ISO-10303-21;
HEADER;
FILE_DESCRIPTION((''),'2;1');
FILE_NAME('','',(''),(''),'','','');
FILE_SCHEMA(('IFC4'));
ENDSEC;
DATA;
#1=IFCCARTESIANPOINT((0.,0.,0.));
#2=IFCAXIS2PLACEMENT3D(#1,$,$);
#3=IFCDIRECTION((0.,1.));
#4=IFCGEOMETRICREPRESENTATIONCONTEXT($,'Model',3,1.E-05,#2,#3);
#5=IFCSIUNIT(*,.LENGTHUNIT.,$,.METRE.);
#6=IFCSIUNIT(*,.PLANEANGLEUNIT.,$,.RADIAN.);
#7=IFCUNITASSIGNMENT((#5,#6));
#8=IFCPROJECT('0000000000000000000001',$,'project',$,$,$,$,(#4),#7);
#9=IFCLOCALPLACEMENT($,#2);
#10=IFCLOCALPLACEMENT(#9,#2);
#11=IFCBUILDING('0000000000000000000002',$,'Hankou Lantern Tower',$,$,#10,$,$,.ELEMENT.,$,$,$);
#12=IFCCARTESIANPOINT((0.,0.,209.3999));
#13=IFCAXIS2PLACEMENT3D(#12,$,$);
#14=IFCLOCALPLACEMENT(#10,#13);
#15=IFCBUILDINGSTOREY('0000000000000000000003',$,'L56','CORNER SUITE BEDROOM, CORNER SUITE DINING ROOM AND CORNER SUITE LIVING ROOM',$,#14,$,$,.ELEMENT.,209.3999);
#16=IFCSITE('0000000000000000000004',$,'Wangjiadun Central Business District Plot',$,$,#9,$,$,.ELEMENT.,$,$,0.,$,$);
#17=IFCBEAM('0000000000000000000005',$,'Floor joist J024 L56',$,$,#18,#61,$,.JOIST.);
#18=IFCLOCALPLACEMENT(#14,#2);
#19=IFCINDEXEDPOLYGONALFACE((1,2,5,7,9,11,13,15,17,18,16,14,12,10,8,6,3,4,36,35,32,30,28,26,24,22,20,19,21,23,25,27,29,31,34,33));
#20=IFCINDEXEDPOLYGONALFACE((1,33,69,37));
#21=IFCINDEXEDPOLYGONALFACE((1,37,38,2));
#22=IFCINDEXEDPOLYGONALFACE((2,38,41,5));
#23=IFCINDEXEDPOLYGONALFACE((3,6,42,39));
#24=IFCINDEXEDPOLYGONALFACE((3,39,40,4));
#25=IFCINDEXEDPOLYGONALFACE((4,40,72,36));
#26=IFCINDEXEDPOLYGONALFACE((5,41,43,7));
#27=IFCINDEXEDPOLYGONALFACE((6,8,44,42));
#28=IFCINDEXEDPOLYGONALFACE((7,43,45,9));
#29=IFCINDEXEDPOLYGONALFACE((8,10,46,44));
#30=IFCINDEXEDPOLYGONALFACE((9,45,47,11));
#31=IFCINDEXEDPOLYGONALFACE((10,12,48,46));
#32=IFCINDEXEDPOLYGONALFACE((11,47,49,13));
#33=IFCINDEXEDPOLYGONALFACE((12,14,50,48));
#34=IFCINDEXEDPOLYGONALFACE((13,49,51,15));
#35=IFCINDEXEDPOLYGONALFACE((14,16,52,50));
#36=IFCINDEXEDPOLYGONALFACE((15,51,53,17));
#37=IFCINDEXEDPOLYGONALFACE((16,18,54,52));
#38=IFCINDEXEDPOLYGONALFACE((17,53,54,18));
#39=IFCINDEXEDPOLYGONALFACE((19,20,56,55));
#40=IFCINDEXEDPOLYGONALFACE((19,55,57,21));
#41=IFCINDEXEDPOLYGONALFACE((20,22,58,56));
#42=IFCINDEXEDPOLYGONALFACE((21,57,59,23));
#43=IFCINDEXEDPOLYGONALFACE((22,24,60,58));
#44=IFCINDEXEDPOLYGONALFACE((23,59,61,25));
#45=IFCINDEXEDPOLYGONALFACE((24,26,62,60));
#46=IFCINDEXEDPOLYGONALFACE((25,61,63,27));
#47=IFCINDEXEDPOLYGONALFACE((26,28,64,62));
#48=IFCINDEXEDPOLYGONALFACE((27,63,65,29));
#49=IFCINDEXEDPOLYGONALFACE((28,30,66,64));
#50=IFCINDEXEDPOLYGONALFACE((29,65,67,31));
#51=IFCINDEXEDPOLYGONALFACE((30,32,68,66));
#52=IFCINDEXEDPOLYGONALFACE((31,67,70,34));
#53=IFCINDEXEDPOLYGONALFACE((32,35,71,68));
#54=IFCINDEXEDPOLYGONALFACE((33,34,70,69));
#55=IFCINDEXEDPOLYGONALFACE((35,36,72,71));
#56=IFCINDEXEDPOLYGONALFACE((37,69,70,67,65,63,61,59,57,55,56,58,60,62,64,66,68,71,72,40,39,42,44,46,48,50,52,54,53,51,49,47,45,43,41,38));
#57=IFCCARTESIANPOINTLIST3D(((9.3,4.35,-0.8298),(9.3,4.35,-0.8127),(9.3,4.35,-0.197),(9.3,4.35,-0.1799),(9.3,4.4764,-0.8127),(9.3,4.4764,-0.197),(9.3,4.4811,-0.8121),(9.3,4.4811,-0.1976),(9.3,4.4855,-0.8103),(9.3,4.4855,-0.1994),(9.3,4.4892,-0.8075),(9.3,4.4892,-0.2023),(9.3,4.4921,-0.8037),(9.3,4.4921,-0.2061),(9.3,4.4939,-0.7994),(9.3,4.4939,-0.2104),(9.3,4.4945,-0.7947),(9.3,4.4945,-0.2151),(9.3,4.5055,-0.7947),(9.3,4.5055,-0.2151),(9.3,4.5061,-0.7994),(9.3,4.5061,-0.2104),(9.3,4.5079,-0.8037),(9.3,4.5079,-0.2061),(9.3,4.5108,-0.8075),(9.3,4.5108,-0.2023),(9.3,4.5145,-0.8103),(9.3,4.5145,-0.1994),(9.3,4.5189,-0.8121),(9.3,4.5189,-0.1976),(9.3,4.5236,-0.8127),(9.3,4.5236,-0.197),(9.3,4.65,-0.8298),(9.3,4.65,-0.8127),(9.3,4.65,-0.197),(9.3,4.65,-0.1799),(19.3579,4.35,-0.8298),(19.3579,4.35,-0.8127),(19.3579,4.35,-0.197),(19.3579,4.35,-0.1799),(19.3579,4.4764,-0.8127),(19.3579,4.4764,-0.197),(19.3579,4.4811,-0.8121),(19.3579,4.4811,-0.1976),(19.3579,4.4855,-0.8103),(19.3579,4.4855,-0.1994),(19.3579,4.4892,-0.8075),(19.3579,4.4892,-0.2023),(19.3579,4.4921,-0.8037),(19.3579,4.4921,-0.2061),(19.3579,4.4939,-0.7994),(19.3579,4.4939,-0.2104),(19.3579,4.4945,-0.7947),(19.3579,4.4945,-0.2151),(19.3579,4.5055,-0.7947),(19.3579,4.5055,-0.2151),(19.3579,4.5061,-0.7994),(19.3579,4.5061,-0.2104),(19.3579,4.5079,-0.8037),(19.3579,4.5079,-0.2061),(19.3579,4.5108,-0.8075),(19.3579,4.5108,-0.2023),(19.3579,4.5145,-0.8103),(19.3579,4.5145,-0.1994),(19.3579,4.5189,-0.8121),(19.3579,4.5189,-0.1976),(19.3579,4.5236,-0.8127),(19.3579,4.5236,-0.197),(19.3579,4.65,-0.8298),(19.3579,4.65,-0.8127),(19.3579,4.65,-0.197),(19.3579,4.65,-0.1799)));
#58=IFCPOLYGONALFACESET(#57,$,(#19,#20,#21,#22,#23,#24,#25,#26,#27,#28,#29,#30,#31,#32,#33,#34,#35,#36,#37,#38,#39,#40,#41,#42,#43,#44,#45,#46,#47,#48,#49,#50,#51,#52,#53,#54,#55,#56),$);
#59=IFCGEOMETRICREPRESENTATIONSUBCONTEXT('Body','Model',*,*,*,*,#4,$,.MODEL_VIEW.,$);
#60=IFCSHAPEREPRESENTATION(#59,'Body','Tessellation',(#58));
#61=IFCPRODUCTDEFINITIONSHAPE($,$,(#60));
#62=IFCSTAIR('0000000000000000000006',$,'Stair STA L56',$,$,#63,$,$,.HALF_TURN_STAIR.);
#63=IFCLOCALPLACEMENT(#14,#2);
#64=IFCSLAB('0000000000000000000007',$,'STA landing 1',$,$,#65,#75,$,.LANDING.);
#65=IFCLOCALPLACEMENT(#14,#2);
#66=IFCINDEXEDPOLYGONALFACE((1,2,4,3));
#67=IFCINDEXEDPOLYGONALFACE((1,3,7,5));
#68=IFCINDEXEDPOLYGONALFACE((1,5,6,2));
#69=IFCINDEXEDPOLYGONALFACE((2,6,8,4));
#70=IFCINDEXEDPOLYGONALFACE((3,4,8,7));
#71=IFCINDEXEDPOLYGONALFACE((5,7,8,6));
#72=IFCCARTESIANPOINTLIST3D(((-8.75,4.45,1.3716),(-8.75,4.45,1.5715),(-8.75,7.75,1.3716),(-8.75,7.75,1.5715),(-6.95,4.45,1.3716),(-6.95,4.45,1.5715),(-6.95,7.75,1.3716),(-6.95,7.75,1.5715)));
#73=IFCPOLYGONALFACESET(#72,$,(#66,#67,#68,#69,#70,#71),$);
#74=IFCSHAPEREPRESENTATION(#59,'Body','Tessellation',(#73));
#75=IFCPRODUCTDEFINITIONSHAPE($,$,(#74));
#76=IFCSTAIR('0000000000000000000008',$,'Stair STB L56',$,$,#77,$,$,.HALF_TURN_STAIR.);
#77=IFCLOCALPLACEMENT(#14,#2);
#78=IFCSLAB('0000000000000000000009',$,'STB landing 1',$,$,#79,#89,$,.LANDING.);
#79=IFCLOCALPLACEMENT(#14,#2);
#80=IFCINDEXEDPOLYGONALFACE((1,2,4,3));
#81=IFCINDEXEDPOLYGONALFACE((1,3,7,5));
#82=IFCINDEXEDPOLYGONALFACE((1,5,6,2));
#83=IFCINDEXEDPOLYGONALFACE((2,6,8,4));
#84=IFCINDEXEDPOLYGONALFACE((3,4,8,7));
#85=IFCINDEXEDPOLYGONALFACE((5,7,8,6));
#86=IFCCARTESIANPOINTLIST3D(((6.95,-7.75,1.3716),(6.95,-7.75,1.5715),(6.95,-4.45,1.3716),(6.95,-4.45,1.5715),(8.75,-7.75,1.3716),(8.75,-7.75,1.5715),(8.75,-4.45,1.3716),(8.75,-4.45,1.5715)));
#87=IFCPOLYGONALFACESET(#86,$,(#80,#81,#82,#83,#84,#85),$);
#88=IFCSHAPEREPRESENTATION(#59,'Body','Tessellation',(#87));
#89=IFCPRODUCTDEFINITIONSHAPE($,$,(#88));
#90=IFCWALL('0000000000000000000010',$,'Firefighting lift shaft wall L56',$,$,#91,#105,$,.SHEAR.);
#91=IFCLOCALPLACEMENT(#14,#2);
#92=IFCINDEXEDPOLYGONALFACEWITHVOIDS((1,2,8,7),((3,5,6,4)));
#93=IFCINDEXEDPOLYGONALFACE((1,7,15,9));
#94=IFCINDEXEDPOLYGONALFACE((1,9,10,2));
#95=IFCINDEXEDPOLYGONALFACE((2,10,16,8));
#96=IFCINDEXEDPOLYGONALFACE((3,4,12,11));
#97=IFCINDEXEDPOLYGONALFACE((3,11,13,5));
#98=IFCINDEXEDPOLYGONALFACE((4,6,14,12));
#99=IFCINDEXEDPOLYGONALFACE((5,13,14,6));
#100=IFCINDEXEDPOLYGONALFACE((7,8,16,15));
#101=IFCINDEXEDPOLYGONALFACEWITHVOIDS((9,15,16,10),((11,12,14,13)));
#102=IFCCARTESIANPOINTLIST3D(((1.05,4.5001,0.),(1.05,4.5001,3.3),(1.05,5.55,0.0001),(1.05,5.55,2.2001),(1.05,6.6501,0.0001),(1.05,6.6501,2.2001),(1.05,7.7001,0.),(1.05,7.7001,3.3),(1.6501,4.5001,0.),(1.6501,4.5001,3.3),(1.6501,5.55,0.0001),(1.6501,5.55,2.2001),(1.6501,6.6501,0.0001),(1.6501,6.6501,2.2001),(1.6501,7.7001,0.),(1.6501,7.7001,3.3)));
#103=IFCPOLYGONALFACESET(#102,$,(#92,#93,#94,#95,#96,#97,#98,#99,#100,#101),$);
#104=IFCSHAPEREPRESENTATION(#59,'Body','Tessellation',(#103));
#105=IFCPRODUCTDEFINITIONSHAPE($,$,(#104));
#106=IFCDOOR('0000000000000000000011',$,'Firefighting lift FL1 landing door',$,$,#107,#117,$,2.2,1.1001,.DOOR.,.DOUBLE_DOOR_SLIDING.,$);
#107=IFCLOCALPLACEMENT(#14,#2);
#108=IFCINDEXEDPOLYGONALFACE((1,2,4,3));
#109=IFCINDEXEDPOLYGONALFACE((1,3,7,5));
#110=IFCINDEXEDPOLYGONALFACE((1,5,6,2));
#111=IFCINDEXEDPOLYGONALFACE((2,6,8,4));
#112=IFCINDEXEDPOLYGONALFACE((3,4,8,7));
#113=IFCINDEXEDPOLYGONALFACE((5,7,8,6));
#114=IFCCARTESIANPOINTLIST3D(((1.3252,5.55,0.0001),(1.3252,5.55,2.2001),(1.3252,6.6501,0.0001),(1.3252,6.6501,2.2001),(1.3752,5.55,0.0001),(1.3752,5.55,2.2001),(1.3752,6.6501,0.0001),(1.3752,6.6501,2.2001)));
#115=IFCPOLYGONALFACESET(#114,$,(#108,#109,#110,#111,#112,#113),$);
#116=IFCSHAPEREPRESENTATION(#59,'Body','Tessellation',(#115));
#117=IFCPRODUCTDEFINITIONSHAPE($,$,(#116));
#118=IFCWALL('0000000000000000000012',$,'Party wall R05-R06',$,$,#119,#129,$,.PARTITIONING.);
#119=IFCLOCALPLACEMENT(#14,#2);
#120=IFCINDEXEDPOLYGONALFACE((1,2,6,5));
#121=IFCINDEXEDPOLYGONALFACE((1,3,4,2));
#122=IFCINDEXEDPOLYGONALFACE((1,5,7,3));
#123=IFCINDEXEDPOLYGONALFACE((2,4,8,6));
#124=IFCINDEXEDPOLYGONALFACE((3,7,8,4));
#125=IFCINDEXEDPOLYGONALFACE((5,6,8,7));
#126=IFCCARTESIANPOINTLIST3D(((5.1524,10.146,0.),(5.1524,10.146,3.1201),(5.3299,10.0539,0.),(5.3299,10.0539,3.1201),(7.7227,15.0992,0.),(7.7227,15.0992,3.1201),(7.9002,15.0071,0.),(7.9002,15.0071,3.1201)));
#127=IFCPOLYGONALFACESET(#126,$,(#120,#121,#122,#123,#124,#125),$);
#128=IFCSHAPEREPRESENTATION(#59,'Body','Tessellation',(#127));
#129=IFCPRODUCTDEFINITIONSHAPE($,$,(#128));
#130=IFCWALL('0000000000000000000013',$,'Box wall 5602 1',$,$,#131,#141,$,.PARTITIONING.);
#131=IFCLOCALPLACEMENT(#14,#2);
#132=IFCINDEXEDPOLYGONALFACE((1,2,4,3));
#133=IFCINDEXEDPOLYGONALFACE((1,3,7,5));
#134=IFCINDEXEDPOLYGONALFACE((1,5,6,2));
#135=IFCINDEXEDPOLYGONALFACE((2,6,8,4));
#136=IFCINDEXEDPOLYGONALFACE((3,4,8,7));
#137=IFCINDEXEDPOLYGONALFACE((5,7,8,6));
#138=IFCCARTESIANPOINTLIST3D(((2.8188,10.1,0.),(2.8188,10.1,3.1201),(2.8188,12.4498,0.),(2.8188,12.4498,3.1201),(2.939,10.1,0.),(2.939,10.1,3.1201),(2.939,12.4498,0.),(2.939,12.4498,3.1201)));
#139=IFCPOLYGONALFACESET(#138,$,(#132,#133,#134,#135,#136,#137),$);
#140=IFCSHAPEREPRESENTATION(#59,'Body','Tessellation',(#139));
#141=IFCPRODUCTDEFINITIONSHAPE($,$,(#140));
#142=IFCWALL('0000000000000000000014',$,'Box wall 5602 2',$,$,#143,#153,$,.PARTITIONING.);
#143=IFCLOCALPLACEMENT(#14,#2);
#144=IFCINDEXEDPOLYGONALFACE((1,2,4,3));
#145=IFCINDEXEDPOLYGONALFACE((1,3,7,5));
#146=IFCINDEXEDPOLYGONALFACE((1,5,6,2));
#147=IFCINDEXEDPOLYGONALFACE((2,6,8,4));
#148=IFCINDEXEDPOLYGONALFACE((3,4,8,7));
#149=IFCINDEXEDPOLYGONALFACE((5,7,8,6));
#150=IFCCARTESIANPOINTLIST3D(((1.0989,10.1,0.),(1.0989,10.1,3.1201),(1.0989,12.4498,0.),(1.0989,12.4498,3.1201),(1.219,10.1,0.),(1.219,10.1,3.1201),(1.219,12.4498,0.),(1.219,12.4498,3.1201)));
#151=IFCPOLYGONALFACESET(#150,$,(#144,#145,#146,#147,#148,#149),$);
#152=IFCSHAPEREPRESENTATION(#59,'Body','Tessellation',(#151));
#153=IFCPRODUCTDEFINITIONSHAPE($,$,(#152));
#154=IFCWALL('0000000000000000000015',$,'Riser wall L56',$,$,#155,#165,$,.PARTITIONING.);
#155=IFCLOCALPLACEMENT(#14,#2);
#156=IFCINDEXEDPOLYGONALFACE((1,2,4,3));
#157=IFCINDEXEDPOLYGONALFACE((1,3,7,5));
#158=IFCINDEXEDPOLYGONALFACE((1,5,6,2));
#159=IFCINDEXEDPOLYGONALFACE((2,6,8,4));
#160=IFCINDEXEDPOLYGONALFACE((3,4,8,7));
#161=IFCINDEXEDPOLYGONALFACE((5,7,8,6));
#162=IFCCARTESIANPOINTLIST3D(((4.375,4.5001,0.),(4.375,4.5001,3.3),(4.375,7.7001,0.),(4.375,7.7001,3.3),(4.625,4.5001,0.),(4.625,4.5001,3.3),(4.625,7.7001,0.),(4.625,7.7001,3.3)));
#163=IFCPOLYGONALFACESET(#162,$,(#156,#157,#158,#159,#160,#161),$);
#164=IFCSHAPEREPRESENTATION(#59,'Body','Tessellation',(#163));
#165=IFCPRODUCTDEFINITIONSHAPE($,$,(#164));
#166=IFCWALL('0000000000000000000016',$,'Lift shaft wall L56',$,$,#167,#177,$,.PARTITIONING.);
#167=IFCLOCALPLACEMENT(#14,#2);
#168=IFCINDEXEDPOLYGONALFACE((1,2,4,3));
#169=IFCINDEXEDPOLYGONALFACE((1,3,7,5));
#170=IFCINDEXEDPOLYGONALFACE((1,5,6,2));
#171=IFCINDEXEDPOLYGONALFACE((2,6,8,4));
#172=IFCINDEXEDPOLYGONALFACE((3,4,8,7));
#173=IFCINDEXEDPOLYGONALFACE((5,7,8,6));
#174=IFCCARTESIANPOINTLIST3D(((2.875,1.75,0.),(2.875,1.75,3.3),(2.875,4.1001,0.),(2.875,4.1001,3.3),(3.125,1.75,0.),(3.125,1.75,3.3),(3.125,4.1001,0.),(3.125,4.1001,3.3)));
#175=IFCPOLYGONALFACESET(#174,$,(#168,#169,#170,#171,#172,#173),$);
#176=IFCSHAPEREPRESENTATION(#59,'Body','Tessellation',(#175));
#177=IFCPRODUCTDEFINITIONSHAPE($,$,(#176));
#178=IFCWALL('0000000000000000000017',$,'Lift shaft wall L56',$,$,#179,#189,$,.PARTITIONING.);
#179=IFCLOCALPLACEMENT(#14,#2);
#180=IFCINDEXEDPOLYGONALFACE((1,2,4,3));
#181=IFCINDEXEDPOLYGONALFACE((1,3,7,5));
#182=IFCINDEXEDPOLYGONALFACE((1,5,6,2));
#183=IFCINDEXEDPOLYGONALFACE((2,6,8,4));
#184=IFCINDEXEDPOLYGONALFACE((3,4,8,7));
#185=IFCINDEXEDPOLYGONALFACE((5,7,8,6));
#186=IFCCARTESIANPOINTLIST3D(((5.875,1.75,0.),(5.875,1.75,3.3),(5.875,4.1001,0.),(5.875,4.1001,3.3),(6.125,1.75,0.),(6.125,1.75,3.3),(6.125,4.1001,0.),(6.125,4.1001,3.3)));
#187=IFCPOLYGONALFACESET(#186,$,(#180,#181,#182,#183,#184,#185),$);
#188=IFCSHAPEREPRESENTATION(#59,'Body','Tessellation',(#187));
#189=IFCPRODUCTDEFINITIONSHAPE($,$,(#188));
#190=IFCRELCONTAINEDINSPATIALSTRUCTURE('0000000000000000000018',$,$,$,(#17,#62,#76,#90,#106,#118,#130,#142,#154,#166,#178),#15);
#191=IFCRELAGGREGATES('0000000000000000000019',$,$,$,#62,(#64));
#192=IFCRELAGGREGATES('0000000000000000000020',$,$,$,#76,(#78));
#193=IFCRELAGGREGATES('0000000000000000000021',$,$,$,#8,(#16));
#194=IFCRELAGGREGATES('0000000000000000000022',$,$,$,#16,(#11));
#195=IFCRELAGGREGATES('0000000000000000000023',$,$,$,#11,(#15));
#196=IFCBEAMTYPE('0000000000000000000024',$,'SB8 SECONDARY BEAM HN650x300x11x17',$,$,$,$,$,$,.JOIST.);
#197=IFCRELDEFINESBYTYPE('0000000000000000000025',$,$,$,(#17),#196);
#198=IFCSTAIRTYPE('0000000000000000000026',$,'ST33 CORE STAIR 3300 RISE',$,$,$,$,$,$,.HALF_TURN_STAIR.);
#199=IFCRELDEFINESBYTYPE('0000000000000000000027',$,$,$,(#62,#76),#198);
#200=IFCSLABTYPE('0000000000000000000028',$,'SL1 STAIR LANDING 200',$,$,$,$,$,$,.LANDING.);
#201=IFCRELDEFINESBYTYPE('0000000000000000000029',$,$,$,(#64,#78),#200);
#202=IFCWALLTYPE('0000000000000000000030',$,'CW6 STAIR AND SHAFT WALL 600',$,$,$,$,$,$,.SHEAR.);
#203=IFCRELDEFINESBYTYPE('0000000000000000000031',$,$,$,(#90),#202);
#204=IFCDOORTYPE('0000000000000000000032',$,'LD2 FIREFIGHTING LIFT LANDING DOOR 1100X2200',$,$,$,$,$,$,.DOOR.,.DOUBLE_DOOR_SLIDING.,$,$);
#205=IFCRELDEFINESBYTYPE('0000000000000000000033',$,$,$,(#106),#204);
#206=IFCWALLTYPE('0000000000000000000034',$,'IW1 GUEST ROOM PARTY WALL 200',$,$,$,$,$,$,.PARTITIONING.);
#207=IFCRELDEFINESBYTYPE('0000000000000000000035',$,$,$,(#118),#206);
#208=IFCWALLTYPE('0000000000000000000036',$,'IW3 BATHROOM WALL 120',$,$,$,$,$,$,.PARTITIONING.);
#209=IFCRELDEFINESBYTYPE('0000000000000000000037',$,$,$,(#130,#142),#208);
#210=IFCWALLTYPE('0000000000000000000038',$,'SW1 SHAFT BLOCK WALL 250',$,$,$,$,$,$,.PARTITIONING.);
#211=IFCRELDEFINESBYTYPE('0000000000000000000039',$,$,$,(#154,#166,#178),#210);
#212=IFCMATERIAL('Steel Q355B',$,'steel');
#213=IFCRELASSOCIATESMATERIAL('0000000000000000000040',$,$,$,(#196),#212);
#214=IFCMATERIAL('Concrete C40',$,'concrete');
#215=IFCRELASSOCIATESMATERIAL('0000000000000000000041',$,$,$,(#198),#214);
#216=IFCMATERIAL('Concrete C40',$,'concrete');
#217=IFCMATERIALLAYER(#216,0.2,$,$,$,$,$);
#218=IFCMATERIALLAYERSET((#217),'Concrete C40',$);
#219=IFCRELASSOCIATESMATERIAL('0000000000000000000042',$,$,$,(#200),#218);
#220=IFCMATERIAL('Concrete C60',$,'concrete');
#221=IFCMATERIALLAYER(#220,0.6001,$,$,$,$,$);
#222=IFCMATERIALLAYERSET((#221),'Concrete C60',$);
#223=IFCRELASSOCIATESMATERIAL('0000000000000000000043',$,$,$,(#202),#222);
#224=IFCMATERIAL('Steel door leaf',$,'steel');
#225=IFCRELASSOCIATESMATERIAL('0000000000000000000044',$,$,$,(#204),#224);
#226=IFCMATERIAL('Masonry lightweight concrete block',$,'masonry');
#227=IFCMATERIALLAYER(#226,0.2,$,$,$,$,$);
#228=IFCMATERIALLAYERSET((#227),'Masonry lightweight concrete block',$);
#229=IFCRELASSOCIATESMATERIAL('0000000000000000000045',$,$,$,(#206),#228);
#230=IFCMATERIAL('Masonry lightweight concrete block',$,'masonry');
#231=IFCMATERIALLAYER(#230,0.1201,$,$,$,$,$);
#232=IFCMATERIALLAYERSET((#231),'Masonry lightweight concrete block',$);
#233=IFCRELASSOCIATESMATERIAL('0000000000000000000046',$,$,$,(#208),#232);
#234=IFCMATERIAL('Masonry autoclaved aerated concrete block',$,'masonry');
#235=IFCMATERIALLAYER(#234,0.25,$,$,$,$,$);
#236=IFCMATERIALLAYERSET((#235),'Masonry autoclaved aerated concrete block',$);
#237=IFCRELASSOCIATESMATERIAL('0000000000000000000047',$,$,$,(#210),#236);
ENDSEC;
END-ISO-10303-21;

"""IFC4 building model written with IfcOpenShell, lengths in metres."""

from ifc_helpers import new_model, si_unit, direction, frame, frame_2d, origin, origin_2d, place, context, subcontext, project, spatial, polyline, rectangle, i_section, outline, extrude, material, layer, layer_set, material_profile, profile_set, type_object, element, fill, aggregate, save


model = new_model("IFC4")

# Units and contexts
model_context = context("Model", 3, precision=1e-05, world=origin(), true_north=direction((0.0, 1.0)))
body_context = subcontext(model_context, "Body", "Model", "MODEL_VIEW")
ifc_project = project(units=[si_unit("LENGTHUNIT", "METRE"), si_unit("PLANEANGLEUNIT", "RADIAN")], contexts=[model_context])

# Site, building, storey
site_placement = place(None, origin())
site = spatial("IfcSite", under=ifc_project, at=site_placement, Name="Wangjiadun Central Business District Plot", CompositionType="ELEMENT", RefElevation=0.0)
building_placement = place(site_placement, origin())
building = spatial("IfcBuilding", under=site, at=building_placement, Name="Hankou Lantern Tower", CompositionType="ELEMENT")
storey_placement = place(building_placement, frame((0.0, 0.0, 209.3999)))
storey = spatial("IfcBuildingStorey", under=building, at=storey_placement, Name="L56", Description="CORNER SUITE BEDROOM, CORNER SUITE DINING ROOM AND CORNER SUITE LIVING ROOM", CompositionType="ELEMENT", Elevation=209.3999)

# Beam
ifc_material_1 = material(Name="Steel Q355B", Category="steel")
ifc_material_profile_1 = material_profile(ifc_material_1, i_section(OverallWidth=0.3, OverallDepth=0.6499, WebThickness=0.011, FlangeThickness=0.0171, FilletRadius=0.0181, at=origin_2d()), Name="HN650x300x11x17")
ifc_profile_set_1 = profile_set([ifc_material_profile_1], Name="Steel Q355B")
beam_type_1 = type_object("IfcBeamType", Name="SB8 SECONDARY BEAM HN650x300x11x17", PredefinedType="JOIST", material=ifc_profile_set_1)
beam_1_placement = place(storey_placement, frame((9.3, 4.5, -0.5049), z_axis=(1.0, 0.0, 0.0), x_axis=(0.0, 1.0, 0.0)))
element("IfcBeam", 1, at=beam_1_placement, inside=storey, type_object=beam_type_1, Name="Floor joist J024 L56", PredefinedType="JOIST", context=body_context, shape_type="SweptSolid", body=[
    extrude(i_section(OverallWidth=0.3, OverallDepth=0.6499, WebThickness=0.011, FlangeThickness=0.0171, FilletRadius=0.0181, at=origin_2d()), origin(), (0.0, 0.0, 1.0), 10.0579),
])

# Stairs, slabs
ifc_material_2 = material(Name="Concrete C40", Category="concrete")
stair_type = type_object("IfcStairType", Name="ST33 CORE STAIR 3300 RISE", PredefinedType="HALF_TURN_STAIR", material=ifc_material_2)
stair_1_placement = place(storey_placement, origin())
stair_1 = element("IfcStair", 2, at=stair_1_placement, inside=storey, type_object=stair_type, Name="Stair STA L56", PredefinedType="HALF_TURN_STAIR")
ifc_material_3 = material(Name="Concrete C40", Category="concrete")
ifc_layer_1 = layer(ifc_material_3, 0.2)
ifc_layer_set_1 = layer_set([ifc_layer_1], Name="Concrete C40")
slab_type = type_object("IfcSlabType", Name="SL1 STAIR LANDING 200", PredefinedType="LANDING", material=ifc_layer_set_1)
slab_1_placement = place(storey_placement, frame((0.0, 0.0, 1.3716)))
slab_1 = element("IfcSlab", 3, at=slab_1_placement, type_object=slab_type, Name="STA landing 1", PredefinedType="LANDING", context=body_context, shape_type="SweptSolid", body=[
    extrude(outline(polyline([(-8.75, 4.45), (-6.95, 4.45), (-6.95, 7.75), (-8.75, 7.75), (-8.75, 4.45)])), origin(), (0.0, 0.0, 1.0), 0.2),
])
aggregate(stair_1, [slab_1])
stair_2_placement = place(storey_placement, origin())
stair_2 = element("IfcStair", 4, at=stair_2_placement, inside=storey, type_object=stair_type, Name="Stair STB L56", PredefinedType="HALF_TURN_STAIR")
slab_2_placement = place(storey_placement, frame((0.0, 0.0, 1.3716)))
slab_2 = element("IfcSlab", 5, at=slab_2_placement, type_object=slab_type, Name="STB landing 1", PredefinedType="LANDING", context=body_context, shape_type="SweptSolid", body=[
    extrude(outline(polyline([(8.75, -4.45), (6.95, -4.45), (6.95, -7.75), (8.75, -7.75), (8.75, -4.45)])), origin(), (0.0, 0.0, 1.0), 0.2),
])
aggregate(stair_2, [slab_2])

# Wall, opening, door
ifc_material_4 = material(Name="Concrete C60", Category="concrete")
ifc_layer_2 = layer(ifc_material_4, 0.6001)
ifc_layer_set_2 = layer_set([ifc_layer_2], Name="Concrete C60")
wall_type_1 = type_object("IfcWallType", Name="CW6 STAIR AND SHAFT WALL 600", PredefinedType="SHEAR", material=ifc_layer_set_2)
wall_1_placement = place(storey_placement, frame((1.3501, 4.5, 0.0), z_axis=(0.0, 0.0, 1.0), x_axis=(0.0, 1.0, 0.0)))
wall_1 = element("IfcWall", 6, at=wall_1_placement, inside=storey, type_object=wall_type_1, Name="Firefighting lift shaft wall L56", PredefinedType="SHEAR", context=body_context, shape_type="SweptSolid", body=[
    extrude(rectangle(XDim=3.2, YDim=0.6001, at=frame_2d((1.6001, 0.0))), origin(), (0.0, 0.0, 1.0), 3.3),
])
opening_placement = place(wall_1_placement, frame((1.05, 0.0, 0.0)))
opening = element("IfcOpeningElement", 7, at=opening_placement, cuts=wall_1, PredefinedType="OPENING", context=body_context, shape_type="SweptSolid", body=[
    extrude(rectangle(XDim=1.1001, YDim=2.2, at=frame_2d((0.55, 1.1001))), frame((0.0, 0.3101, 0.0), z_axis=(0.0, -1.0, 0.0), x_axis=(1.0, 0.0, 0.0)), (0.0, 0.0, 1.0), 0.6201),
])
ifc_material_5 = material(Name="Steel door leaf", Category="steel")
door_type = type_object("IfcDoorType", Name="LD2 FIREFIGHTING LIFT LANDING DOOR 1100X2200", OperationType="DOUBLE_DOOR_SLIDING", PredefinedType="DOOR", material=ifc_material_5)
door_placement = place(opening_placement, origin())
door = element("IfcDoor", 8, at=door_placement, inside=storey, type_object=door_type, Name="Firefighting lift FL1 landing door", OperationType="DOUBLE_DOOR_SLIDING", OverallHeight=2.2, OverallWidth=1.1001, PredefinedType="DOOR", context=body_context, shape_type="SweptSolid", body=[
    extrude(rectangle(XDim=1.1001, YDim=2.2, at=frame_2d((0.55, 1.1001))), frame((0.0, 0.0249, 0.0), z_axis=(0.0, -1.0, 0.0), x_axis=(1.0, 0.0, 0.0)), (0.0, 0.0, 1.0), 0.05),
])
fill(opening, door)

# Walls
ifc_material_6 = material(Name="Masonry lightweight concrete block", Category="masonry")
ifc_layer_3 = layer(ifc_material_6, 0.2)
ifc_layer_set_3 = layer_set([ifc_layer_3], Name="Masonry lightweight concrete block")
wall_type_2 = type_object("IfcWallType", Name="IW1 GUEST ROOM PARTY WALL 200", PredefinedType="PARTITIONING", material=ifc_layer_set_3)
wall_2_placement = place(storey_placement, frame((5.2412, 10.1001, 0.0), z_axis=(0.0, 0.0, 1.0), x_axis=(0.460603, 0.887606, 0.0)))
element("IfcWall", 9, at=wall_2_placement, inside=storey, type_object=wall_type_2, Name="Party wall R05-R06", PredefinedType="PARTITIONING", context=body_context, shape_type="SweptSolid", body=[
    extrude(rectangle(XDim=5.5803, YDim=0.2, at=frame_2d((2.79, 0.0))), origin(), (0.0, 0.0, 1.0), 3.1201),
])
ifc_material_7 = material(Name="Masonry lightweight concrete block", Category="masonry")
ifc_layer_4 = layer(ifc_material_7, 0.1201)
ifc_layer_set_4 = layer_set([ifc_layer_4], Name="Masonry lightweight concrete block")
wall_type_3 = type_object("IfcWallType", Name="IW3 BATHROOM WALL 120", PredefinedType="PARTITIONING", material=ifc_layer_set_4)
for number, where, z_axis, x_axis, name in (
    (10, (2.8789, 10.1001, 0.0), (0.0, 0.0, 1.0), (0.0, 1.0, 0.0), "Box wall 5602 1"),
    (11, (1.1589, 10.1001, 0.0), (0.0, 0.0, 1.0), (0.0, 1.0, 0.0), "Box wall 5602 2"),
):
    element("IfcWall", number, at=place(storey_placement, frame(where, z_axis=z_axis, x_axis=x_axis)), inside=storey, type_object=wall_type_3, Name=name, PredefinedType="PARTITIONING", context=body_context, shape_type="SweptSolid", body=[
        extrude(rectangle(XDim=2.3499, YDim=0.1201, at=frame_2d((1.1748, 0.0))), origin(), (0.0, 0.0, 1.0), 3.1201),
    ])
ifc_material_8 = material(Name="Masonry autoclaved aerated concrete block", Category="masonry")
ifc_layer_5 = layer(ifc_material_8, 0.25)
ifc_layer_set_5 = layer_set([ifc_layer_5], Name="Masonry autoclaved aerated concrete block")
wall_type_4 = type_object("IfcWallType", Name="SW1 SHAFT BLOCK WALL 250", PredefinedType="PARTITIONING", material=ifc_layer_set_5)
wall_3_placement = place(storey_placement, frame((4.5, 4.5, 0.0), z_axis=(0.0, 0.0, 1.0), x_axis=(0.0, 1.0, 0.0)))
element("IfcWall", 12, at=wall_3_placement, inside=storey, type_object=wall_type_4, Name="Riser wall L56", PredefinedType="PARTITIONING", context=body_context, shape_type="SweptSolid", body=[
    extrude(rectangle(XDim=3.2, YDim=0.25, at=frame_2d((1.6001, 0.0))), origin(), (0.0, 0.0, 1.0), 3.3),
])
for number, where, z_axis, x_axis, name in (
    (13, (3.0, 1.75, 0.0), (0.0, 0.0, 1.0), (0.0, 1.0, 0.0), "Lift shaft wall L56"),
    (14, (6.0, 1.75, 0.0), (0.0, 0.0, 1.0), (0.0, 1.0, 0.0), "Lift shaft wall L56"),
):
    element("IfcWall", number, at=place(storey_placement, frame(where, z_axis=z_axis, x_axis=x_axis)), inside=storey, type_object=wall_type_4, Name=name, PredefinedType="PARTITIONING", context=body_context, shape_type="SweptSolid", body=[
        extrude(rectangle(XDim=2.3501, YDim=0.25, at=frame_2d((1.175, 0.0))), origin(), (0.0, 0.0, 1.0), 3.3),
    ])

save(model, "model.ifc")
